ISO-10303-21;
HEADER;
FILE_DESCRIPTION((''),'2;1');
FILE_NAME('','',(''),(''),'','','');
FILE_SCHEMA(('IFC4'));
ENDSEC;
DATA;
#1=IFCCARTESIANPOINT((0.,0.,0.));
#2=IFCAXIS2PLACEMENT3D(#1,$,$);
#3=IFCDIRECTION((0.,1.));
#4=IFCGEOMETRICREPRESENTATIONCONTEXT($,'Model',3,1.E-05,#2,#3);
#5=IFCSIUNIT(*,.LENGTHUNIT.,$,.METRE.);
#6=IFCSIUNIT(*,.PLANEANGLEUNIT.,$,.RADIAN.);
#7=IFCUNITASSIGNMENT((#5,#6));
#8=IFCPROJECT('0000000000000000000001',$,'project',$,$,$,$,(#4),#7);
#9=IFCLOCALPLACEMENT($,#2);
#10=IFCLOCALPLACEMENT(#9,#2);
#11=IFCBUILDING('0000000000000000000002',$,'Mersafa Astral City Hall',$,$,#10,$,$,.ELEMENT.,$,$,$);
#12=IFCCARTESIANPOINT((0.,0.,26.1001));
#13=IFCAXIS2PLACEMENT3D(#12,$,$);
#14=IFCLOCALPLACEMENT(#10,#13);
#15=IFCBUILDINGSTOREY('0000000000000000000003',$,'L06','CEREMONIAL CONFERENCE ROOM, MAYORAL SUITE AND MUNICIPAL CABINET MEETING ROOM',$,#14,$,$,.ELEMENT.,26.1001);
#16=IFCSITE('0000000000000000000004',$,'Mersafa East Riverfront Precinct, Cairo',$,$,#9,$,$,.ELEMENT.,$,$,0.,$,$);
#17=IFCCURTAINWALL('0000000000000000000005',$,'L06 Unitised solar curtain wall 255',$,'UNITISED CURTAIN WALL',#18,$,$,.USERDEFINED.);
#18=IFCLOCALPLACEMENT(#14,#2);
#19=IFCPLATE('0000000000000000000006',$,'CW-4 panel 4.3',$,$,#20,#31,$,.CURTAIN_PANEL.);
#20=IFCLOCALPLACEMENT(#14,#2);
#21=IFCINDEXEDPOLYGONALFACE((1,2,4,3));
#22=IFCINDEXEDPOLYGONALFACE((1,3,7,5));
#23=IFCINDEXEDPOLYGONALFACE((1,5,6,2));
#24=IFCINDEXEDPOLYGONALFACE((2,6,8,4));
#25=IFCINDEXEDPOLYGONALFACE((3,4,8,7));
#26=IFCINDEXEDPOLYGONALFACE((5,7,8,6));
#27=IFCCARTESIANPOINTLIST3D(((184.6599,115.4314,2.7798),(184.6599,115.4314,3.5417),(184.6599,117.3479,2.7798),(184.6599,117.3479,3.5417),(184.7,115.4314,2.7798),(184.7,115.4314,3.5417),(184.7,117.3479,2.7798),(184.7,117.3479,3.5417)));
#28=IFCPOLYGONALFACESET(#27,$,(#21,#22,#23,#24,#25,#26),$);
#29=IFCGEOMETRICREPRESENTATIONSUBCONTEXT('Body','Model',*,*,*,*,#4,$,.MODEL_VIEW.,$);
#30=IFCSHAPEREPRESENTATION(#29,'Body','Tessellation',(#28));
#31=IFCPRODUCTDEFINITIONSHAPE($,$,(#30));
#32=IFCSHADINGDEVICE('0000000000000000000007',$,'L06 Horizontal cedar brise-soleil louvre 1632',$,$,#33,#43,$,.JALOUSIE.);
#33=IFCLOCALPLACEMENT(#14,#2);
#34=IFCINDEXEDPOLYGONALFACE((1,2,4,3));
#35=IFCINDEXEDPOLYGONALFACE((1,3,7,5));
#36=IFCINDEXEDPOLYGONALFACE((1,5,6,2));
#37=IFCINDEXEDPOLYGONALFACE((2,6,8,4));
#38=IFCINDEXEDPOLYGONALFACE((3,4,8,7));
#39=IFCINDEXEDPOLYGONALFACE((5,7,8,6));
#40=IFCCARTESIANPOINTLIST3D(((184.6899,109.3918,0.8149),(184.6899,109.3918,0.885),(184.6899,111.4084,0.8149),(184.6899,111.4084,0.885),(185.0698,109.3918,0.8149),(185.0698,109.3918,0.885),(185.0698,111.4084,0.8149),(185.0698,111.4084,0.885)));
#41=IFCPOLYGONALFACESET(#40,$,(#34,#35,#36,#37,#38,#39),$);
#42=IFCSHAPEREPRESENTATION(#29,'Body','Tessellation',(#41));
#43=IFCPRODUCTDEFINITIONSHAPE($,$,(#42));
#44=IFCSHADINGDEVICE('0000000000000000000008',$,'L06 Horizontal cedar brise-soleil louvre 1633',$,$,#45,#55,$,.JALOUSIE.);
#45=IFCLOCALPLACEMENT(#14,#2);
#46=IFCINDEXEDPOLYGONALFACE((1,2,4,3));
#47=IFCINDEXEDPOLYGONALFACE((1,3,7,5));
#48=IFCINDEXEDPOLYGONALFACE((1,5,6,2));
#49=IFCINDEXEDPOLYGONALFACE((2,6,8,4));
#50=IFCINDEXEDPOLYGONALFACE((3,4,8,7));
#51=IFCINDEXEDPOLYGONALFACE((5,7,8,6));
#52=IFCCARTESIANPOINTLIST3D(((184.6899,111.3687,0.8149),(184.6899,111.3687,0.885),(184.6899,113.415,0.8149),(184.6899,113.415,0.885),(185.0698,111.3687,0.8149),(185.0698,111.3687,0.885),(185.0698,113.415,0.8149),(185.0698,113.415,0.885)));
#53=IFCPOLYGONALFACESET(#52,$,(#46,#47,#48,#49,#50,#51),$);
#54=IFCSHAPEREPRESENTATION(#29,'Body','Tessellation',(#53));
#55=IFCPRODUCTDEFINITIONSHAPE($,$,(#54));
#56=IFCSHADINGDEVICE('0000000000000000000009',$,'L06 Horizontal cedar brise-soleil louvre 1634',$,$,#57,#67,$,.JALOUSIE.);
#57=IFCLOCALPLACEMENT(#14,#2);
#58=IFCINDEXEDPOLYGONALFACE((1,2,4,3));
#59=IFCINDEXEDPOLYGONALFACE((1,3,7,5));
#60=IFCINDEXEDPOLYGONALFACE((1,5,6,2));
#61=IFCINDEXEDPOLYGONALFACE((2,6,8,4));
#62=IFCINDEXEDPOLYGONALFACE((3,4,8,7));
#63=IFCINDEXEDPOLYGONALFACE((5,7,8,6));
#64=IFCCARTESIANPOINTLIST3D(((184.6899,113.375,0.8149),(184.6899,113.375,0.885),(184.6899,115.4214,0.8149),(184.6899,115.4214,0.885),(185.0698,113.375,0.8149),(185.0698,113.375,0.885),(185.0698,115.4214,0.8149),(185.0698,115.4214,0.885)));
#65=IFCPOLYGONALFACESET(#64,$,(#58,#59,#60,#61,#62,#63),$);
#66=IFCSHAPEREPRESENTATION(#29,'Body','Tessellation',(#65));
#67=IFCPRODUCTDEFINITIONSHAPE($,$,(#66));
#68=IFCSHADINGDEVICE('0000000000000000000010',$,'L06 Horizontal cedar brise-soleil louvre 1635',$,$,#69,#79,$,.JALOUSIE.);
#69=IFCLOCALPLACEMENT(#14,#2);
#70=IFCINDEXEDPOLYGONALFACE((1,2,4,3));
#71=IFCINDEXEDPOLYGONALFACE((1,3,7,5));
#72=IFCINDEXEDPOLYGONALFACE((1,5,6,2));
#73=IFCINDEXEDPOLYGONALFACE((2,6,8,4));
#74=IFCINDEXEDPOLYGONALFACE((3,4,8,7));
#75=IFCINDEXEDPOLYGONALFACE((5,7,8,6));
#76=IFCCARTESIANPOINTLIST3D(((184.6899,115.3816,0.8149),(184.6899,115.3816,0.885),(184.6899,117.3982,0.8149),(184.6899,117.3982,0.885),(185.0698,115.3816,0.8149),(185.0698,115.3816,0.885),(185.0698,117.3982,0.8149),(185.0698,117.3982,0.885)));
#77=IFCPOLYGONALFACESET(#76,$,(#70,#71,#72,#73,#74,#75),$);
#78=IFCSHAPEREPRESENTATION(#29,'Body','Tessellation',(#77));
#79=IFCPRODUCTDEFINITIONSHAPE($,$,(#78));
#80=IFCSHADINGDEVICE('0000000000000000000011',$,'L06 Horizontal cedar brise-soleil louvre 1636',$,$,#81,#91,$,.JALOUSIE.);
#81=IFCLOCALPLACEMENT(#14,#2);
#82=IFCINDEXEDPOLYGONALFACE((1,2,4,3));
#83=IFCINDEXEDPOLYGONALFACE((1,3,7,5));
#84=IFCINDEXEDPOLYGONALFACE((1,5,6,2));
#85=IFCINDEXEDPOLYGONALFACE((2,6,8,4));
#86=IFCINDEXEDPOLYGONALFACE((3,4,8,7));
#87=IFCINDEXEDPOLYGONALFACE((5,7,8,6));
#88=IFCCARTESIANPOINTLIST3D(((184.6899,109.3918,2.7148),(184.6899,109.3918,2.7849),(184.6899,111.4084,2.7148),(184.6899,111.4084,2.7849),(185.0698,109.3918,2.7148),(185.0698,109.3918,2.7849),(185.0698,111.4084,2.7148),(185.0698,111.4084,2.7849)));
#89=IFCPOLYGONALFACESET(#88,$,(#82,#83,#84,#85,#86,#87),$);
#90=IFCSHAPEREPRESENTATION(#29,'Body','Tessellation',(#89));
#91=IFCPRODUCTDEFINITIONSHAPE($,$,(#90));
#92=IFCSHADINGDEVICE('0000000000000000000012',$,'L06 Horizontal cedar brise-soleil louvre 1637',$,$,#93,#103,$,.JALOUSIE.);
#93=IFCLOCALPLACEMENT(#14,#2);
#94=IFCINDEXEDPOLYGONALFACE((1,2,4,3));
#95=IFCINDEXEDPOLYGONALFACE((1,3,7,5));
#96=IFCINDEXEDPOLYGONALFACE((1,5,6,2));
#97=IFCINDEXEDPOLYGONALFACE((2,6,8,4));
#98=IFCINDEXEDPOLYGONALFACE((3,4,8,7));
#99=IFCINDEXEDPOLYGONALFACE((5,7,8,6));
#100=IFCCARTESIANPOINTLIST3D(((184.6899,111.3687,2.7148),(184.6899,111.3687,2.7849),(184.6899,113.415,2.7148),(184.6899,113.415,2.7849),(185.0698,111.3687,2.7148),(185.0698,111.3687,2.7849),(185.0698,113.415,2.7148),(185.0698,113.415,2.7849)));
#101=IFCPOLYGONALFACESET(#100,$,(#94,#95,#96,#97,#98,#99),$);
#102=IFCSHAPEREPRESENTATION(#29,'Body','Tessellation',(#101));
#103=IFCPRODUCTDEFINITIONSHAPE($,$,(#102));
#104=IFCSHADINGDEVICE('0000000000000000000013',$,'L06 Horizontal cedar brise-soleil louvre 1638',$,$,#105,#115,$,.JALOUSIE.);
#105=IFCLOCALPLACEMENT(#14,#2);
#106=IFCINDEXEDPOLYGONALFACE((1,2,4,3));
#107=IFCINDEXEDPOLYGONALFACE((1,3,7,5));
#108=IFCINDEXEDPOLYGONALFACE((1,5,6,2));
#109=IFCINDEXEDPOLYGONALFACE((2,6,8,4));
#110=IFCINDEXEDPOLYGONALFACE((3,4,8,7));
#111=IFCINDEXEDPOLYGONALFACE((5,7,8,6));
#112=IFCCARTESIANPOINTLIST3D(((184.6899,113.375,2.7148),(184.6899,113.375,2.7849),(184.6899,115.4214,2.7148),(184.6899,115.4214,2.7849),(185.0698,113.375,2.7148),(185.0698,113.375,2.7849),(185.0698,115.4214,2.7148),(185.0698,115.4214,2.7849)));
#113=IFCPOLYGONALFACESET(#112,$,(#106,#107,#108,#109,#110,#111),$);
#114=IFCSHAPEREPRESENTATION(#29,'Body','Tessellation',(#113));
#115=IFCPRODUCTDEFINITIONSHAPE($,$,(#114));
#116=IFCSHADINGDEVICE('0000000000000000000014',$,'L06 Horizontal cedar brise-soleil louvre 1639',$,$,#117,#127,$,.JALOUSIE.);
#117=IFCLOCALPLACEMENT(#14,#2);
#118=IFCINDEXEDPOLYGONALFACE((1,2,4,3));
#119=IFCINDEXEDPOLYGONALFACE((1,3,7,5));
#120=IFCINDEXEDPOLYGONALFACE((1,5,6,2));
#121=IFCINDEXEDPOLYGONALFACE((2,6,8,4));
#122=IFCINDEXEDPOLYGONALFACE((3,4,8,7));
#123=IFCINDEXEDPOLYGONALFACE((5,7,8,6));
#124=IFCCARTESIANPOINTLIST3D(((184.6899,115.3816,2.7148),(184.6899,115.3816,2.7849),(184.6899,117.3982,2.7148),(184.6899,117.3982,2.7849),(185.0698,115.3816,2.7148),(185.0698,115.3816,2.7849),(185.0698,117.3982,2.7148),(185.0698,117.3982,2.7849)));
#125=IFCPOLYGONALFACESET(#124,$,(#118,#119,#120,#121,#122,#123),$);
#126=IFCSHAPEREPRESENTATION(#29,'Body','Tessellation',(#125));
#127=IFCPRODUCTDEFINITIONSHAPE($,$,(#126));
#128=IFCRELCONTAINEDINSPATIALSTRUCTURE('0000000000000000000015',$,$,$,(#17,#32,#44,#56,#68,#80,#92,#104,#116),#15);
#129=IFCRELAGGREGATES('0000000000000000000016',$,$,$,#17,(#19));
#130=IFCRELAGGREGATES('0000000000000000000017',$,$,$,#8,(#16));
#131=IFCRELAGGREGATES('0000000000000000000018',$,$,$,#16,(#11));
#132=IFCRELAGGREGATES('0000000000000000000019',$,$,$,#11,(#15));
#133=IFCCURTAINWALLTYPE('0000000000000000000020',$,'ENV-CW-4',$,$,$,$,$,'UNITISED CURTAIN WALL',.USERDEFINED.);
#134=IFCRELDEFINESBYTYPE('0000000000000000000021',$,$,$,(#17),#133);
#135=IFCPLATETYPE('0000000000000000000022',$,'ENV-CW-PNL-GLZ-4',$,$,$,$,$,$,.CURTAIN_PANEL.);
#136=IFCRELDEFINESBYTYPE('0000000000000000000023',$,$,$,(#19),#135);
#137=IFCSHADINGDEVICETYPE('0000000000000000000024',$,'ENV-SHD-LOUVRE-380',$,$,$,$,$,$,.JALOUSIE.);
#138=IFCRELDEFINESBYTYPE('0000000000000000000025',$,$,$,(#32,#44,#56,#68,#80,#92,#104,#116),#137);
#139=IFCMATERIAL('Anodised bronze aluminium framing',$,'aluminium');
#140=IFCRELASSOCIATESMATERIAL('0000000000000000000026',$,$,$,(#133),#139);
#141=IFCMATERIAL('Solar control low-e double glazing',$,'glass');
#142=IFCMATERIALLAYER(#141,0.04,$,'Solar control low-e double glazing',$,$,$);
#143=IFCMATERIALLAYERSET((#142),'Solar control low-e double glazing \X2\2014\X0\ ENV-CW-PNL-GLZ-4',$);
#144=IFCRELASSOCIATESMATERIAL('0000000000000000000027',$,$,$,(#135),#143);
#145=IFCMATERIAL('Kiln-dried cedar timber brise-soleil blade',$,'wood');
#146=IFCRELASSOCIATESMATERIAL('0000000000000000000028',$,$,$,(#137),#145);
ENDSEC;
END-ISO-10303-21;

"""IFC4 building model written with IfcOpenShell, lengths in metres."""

from ifc_helpers import new_model, si_unit, direction, frame, origin, origin_2d, place, context, subcontext, project, spatial, rectangle, extrude, material, layer, layer_set, type_object, element, aggregate, save


model = new_model("IFC4")

# Units and contexts
model_context = context("Model", 3, precision=1e-05, world=origin(), true_north=direction((0.0, 1.0)))
body_context = subcontext(model_context, "Body", "Model", "MODEL_VIEW")
ifc_project = project(units=[si_unit("LENGTHUNIT", "METRE"), si_unit("PLANEANGLEUNIT", "RADIAN")], contexts=[model_context])

# Site, building, storey
site_placement = place(None, origin())
site = spatial("IfcSite", under=ifc_project, at=site_placement, Name="Mersafa East Riverfront Precinct, Cairo", CompositionType="ELEMENT", RefElevation=0.0)
building_placement = place(site_placement, origin())
building = spatial("IfcBuilding", under=site, at=building_placement, Name="Mersafa Astral City Hall", CompositionType="ELEMENT")
storey_placement = place(building_placement, frame((0.0, 0.0, 26.1001)))
storey = spatial("IfcBuildingStorey", under=building, at=storey_placement, Name="L06", Description="CEREMONIAL CONFERENCE ROOM, MAYORAL SUITE AND MUNICIPAL CABINET MEETING ROOM", CompositionType="ELEMENT", Elevation=26.1001)

# Curtain wall
ifc_material_1 = material(Name="Anodised bronze aluminium framing", Category="aluminium")
curtain_wall_type_1 = type_object("IfcCurtainWallType", Name="ENV-CW-4", ElementType="UNITISED CURTAIN WALL", PredefinedType="USERDEFINED", material=ifc_material_1)
curtain_wall_1_placement = place(storey_placement, origin())
curtain_wall_1 = element("IfcCurtainWall", 1, at=curtain_wall_1_placement, inside=storey, type_object=curtain_wall_type_1, Name="L06 Unitised solar curtain wall 255", ObjectType="UNITISED CURTAIN WALL", PredefinedType="USERDEFINED")

# Plate
ifc_material_2 = material(Name="Solar control low-e double glazing", Category="glass")
ifc_layer = layer(ifc_material_2, 0.04, Name="Solar control low-e double glazing")
ifc_layer_set = layer_set([ifc_layer], Name="Solar control low-e double glazing — ENV-CW-PNL-GLZ-4")
plate_type = type_object("IfcPlateType", Name="ENV-CW-PNL-GLZ-4", PredefinedType="CURTAIN_PANEL", material=ifc_layer_set)
plate_1_placement = place(storey_placement, frame((184.6799, 116.3896, 2.7798), z_axis=(0.0, 0.0, 1.0), x_axis=(0.0, 1.0, 0.0)))
plate_1 = element("IfcPlate", 2, at=plate_1_placement, type_object=plate_type, Name="CW-4 panel 4.3", PredefinedType="CURTAIN_PANEL", context=body_context, shape_type="SweptSolid", body=[
    extrude(rectangle(XDim=1.9165, YDim=0.04, at=origin_2d()), origin(), (0.0, 0.0, 1.0), 0.762),
])
aggregate(curtain_wall_1, [plate_1])

# Shading devices
ifc_material_3 = material(Name="Kiln-dried cedar timber brise-soleil blade", Category="wood")
shading_device_type = type_object("IfcShadingDeviceType", Name="ENV-SHD-LOUVRE-380", PredefinedType="JALOUSIE", material=ifc_material_3)
shading_device_1_placement = place(storey_placement, frame((184.8799, 110.4001, 0.8149), z_axis=(0.0, 0.0, 1.0), x_axis=(0.0, 1.0, 0.0)))
element("IfcShadingDevice", 3, at=shading_device_1_placement, inside=storey, type_object=shading_device_type, Name="L06 Horizontal cedar brise-soleil louvre 1632", PredefinedType="JALOUSIE", context=body_context, shape_type="SweptSolid", body=[
    extrude(rectangle(XDim=2.0166, YDim=0.3799, at=origin_2d()), origin(), (0.0, 0.0, 1.0), 0.0701),
])
for number, where, z_axis, x_axis, name in (
    (4, (184.8799, 112.3918, 0.8149), (0.0, 0.0, 1.0), (0.0, 1.0, 0.0), "L06 Horizontal cedar brise-soleil louvre 1633"),
    (5, (184.8799, 114.3982, 0.8149), (0.0, 0.0, 1.0), (0.0, 1.0, 0.0), "L06 Horizontal cedar brise-soleil louvre 1634"),
):
    element("IfcShadingDevice", number, at=place(storey_placement, frame(where, z_axis=z_axis, x_axis=x_axis)), inside=storey, type_object=shading_device_type, Name=name, PredefinedType="JALOUSIE", context=body_context, shape_type="SweptSolid", body=[
        extrude(rectangle(XDim=2.0464, YDim=0.3799, at=origin_2d()), origin(), (0.0, 0.0, 1.0), 0.0701),
    ])
for number, where, z_axis, x_axis, name in (
    (6, (184.8799, 116.3899, 0.8149), (0.0, 0.0, 1.0), (0.0, 1.0, 0.0), "L06 Horizontal cedar brise-soleil louvre 1635"),
    (7, (184.8799, 110.4001, 2.7148), (0.0, 0.0, 1.0), (0.0, 1.0, 0.0), "L06 Horizontal cedar brise-soleil louvre 1636"),
):
    element("IfcShadingDevice", number, at=place(storey_placement, frame(where, z_axis=z_axis, x_axis=x_axis)), inside=storey, type_object=shading_device_type, Name=name, PredefinedType="JALOUSIE", context=body_context, shape_type="SweptSolid", body=[
        extrude(rectangle(XDim=2.0166, YDim=0.3799, at=origin_2d()), origin(), (0.0, 0.0, 1.0), 0.0701),
    ])
for number, where, z_axis, x_axis, name in (
    (8, (184.8799, 112.3918, 2.7148), (0.0, 0.0, 1.0), (0.0, 1.0, 0.0), "L06 Horizontal cedar brise-soleil louvre 1637"),
    (9, (184.8799, 114.3982, 2.7148), (0.0, 0.0, 1.0), (0.0, 1.0, 0.0), "L06 Horizontal cedar brise-soleil louvre 1638"),
):
    element("IfcShadingDevice", number, at=place(storey_placement, frame(where, z_axis=z_axis, x_axis=x_axis)), inside=storey, type_object=shading_device_type, Name=name, PredefinedType="JALOUSIE", context=body_context, shape_type="SweptSolid", body=[
        extrude(rectangle(XDim=2.0464, YDim=0.3799, at=origin_2d()), origin(), (0.0, 0.0, 1.0), 0.0701),
    ])
shading_device_2_placement = place(storey_placement, frame((184.8799, 116.3899, 2.7148), z_axis=(0.0, 0.0, 1.0), x_axis=(0.0, 1.0, 0.0)))
element("IfcShadingDevice", 10, at=shading_device_2_placement, inside=storey, type_object=shading_device_type, Name="L06 Horizontal cedar brise-soleil louvre 1639", PredefinedType="JALOUSIE", context=body_context, shape_type="SweptSolid", body=[
    extrude(rectangle(XDim=2.0166, YDim=0.3799, at=origin_2d()), origin(), (0.0, 0.0, 1.0), 0.0701),
])

save(model, "model.ifc")
